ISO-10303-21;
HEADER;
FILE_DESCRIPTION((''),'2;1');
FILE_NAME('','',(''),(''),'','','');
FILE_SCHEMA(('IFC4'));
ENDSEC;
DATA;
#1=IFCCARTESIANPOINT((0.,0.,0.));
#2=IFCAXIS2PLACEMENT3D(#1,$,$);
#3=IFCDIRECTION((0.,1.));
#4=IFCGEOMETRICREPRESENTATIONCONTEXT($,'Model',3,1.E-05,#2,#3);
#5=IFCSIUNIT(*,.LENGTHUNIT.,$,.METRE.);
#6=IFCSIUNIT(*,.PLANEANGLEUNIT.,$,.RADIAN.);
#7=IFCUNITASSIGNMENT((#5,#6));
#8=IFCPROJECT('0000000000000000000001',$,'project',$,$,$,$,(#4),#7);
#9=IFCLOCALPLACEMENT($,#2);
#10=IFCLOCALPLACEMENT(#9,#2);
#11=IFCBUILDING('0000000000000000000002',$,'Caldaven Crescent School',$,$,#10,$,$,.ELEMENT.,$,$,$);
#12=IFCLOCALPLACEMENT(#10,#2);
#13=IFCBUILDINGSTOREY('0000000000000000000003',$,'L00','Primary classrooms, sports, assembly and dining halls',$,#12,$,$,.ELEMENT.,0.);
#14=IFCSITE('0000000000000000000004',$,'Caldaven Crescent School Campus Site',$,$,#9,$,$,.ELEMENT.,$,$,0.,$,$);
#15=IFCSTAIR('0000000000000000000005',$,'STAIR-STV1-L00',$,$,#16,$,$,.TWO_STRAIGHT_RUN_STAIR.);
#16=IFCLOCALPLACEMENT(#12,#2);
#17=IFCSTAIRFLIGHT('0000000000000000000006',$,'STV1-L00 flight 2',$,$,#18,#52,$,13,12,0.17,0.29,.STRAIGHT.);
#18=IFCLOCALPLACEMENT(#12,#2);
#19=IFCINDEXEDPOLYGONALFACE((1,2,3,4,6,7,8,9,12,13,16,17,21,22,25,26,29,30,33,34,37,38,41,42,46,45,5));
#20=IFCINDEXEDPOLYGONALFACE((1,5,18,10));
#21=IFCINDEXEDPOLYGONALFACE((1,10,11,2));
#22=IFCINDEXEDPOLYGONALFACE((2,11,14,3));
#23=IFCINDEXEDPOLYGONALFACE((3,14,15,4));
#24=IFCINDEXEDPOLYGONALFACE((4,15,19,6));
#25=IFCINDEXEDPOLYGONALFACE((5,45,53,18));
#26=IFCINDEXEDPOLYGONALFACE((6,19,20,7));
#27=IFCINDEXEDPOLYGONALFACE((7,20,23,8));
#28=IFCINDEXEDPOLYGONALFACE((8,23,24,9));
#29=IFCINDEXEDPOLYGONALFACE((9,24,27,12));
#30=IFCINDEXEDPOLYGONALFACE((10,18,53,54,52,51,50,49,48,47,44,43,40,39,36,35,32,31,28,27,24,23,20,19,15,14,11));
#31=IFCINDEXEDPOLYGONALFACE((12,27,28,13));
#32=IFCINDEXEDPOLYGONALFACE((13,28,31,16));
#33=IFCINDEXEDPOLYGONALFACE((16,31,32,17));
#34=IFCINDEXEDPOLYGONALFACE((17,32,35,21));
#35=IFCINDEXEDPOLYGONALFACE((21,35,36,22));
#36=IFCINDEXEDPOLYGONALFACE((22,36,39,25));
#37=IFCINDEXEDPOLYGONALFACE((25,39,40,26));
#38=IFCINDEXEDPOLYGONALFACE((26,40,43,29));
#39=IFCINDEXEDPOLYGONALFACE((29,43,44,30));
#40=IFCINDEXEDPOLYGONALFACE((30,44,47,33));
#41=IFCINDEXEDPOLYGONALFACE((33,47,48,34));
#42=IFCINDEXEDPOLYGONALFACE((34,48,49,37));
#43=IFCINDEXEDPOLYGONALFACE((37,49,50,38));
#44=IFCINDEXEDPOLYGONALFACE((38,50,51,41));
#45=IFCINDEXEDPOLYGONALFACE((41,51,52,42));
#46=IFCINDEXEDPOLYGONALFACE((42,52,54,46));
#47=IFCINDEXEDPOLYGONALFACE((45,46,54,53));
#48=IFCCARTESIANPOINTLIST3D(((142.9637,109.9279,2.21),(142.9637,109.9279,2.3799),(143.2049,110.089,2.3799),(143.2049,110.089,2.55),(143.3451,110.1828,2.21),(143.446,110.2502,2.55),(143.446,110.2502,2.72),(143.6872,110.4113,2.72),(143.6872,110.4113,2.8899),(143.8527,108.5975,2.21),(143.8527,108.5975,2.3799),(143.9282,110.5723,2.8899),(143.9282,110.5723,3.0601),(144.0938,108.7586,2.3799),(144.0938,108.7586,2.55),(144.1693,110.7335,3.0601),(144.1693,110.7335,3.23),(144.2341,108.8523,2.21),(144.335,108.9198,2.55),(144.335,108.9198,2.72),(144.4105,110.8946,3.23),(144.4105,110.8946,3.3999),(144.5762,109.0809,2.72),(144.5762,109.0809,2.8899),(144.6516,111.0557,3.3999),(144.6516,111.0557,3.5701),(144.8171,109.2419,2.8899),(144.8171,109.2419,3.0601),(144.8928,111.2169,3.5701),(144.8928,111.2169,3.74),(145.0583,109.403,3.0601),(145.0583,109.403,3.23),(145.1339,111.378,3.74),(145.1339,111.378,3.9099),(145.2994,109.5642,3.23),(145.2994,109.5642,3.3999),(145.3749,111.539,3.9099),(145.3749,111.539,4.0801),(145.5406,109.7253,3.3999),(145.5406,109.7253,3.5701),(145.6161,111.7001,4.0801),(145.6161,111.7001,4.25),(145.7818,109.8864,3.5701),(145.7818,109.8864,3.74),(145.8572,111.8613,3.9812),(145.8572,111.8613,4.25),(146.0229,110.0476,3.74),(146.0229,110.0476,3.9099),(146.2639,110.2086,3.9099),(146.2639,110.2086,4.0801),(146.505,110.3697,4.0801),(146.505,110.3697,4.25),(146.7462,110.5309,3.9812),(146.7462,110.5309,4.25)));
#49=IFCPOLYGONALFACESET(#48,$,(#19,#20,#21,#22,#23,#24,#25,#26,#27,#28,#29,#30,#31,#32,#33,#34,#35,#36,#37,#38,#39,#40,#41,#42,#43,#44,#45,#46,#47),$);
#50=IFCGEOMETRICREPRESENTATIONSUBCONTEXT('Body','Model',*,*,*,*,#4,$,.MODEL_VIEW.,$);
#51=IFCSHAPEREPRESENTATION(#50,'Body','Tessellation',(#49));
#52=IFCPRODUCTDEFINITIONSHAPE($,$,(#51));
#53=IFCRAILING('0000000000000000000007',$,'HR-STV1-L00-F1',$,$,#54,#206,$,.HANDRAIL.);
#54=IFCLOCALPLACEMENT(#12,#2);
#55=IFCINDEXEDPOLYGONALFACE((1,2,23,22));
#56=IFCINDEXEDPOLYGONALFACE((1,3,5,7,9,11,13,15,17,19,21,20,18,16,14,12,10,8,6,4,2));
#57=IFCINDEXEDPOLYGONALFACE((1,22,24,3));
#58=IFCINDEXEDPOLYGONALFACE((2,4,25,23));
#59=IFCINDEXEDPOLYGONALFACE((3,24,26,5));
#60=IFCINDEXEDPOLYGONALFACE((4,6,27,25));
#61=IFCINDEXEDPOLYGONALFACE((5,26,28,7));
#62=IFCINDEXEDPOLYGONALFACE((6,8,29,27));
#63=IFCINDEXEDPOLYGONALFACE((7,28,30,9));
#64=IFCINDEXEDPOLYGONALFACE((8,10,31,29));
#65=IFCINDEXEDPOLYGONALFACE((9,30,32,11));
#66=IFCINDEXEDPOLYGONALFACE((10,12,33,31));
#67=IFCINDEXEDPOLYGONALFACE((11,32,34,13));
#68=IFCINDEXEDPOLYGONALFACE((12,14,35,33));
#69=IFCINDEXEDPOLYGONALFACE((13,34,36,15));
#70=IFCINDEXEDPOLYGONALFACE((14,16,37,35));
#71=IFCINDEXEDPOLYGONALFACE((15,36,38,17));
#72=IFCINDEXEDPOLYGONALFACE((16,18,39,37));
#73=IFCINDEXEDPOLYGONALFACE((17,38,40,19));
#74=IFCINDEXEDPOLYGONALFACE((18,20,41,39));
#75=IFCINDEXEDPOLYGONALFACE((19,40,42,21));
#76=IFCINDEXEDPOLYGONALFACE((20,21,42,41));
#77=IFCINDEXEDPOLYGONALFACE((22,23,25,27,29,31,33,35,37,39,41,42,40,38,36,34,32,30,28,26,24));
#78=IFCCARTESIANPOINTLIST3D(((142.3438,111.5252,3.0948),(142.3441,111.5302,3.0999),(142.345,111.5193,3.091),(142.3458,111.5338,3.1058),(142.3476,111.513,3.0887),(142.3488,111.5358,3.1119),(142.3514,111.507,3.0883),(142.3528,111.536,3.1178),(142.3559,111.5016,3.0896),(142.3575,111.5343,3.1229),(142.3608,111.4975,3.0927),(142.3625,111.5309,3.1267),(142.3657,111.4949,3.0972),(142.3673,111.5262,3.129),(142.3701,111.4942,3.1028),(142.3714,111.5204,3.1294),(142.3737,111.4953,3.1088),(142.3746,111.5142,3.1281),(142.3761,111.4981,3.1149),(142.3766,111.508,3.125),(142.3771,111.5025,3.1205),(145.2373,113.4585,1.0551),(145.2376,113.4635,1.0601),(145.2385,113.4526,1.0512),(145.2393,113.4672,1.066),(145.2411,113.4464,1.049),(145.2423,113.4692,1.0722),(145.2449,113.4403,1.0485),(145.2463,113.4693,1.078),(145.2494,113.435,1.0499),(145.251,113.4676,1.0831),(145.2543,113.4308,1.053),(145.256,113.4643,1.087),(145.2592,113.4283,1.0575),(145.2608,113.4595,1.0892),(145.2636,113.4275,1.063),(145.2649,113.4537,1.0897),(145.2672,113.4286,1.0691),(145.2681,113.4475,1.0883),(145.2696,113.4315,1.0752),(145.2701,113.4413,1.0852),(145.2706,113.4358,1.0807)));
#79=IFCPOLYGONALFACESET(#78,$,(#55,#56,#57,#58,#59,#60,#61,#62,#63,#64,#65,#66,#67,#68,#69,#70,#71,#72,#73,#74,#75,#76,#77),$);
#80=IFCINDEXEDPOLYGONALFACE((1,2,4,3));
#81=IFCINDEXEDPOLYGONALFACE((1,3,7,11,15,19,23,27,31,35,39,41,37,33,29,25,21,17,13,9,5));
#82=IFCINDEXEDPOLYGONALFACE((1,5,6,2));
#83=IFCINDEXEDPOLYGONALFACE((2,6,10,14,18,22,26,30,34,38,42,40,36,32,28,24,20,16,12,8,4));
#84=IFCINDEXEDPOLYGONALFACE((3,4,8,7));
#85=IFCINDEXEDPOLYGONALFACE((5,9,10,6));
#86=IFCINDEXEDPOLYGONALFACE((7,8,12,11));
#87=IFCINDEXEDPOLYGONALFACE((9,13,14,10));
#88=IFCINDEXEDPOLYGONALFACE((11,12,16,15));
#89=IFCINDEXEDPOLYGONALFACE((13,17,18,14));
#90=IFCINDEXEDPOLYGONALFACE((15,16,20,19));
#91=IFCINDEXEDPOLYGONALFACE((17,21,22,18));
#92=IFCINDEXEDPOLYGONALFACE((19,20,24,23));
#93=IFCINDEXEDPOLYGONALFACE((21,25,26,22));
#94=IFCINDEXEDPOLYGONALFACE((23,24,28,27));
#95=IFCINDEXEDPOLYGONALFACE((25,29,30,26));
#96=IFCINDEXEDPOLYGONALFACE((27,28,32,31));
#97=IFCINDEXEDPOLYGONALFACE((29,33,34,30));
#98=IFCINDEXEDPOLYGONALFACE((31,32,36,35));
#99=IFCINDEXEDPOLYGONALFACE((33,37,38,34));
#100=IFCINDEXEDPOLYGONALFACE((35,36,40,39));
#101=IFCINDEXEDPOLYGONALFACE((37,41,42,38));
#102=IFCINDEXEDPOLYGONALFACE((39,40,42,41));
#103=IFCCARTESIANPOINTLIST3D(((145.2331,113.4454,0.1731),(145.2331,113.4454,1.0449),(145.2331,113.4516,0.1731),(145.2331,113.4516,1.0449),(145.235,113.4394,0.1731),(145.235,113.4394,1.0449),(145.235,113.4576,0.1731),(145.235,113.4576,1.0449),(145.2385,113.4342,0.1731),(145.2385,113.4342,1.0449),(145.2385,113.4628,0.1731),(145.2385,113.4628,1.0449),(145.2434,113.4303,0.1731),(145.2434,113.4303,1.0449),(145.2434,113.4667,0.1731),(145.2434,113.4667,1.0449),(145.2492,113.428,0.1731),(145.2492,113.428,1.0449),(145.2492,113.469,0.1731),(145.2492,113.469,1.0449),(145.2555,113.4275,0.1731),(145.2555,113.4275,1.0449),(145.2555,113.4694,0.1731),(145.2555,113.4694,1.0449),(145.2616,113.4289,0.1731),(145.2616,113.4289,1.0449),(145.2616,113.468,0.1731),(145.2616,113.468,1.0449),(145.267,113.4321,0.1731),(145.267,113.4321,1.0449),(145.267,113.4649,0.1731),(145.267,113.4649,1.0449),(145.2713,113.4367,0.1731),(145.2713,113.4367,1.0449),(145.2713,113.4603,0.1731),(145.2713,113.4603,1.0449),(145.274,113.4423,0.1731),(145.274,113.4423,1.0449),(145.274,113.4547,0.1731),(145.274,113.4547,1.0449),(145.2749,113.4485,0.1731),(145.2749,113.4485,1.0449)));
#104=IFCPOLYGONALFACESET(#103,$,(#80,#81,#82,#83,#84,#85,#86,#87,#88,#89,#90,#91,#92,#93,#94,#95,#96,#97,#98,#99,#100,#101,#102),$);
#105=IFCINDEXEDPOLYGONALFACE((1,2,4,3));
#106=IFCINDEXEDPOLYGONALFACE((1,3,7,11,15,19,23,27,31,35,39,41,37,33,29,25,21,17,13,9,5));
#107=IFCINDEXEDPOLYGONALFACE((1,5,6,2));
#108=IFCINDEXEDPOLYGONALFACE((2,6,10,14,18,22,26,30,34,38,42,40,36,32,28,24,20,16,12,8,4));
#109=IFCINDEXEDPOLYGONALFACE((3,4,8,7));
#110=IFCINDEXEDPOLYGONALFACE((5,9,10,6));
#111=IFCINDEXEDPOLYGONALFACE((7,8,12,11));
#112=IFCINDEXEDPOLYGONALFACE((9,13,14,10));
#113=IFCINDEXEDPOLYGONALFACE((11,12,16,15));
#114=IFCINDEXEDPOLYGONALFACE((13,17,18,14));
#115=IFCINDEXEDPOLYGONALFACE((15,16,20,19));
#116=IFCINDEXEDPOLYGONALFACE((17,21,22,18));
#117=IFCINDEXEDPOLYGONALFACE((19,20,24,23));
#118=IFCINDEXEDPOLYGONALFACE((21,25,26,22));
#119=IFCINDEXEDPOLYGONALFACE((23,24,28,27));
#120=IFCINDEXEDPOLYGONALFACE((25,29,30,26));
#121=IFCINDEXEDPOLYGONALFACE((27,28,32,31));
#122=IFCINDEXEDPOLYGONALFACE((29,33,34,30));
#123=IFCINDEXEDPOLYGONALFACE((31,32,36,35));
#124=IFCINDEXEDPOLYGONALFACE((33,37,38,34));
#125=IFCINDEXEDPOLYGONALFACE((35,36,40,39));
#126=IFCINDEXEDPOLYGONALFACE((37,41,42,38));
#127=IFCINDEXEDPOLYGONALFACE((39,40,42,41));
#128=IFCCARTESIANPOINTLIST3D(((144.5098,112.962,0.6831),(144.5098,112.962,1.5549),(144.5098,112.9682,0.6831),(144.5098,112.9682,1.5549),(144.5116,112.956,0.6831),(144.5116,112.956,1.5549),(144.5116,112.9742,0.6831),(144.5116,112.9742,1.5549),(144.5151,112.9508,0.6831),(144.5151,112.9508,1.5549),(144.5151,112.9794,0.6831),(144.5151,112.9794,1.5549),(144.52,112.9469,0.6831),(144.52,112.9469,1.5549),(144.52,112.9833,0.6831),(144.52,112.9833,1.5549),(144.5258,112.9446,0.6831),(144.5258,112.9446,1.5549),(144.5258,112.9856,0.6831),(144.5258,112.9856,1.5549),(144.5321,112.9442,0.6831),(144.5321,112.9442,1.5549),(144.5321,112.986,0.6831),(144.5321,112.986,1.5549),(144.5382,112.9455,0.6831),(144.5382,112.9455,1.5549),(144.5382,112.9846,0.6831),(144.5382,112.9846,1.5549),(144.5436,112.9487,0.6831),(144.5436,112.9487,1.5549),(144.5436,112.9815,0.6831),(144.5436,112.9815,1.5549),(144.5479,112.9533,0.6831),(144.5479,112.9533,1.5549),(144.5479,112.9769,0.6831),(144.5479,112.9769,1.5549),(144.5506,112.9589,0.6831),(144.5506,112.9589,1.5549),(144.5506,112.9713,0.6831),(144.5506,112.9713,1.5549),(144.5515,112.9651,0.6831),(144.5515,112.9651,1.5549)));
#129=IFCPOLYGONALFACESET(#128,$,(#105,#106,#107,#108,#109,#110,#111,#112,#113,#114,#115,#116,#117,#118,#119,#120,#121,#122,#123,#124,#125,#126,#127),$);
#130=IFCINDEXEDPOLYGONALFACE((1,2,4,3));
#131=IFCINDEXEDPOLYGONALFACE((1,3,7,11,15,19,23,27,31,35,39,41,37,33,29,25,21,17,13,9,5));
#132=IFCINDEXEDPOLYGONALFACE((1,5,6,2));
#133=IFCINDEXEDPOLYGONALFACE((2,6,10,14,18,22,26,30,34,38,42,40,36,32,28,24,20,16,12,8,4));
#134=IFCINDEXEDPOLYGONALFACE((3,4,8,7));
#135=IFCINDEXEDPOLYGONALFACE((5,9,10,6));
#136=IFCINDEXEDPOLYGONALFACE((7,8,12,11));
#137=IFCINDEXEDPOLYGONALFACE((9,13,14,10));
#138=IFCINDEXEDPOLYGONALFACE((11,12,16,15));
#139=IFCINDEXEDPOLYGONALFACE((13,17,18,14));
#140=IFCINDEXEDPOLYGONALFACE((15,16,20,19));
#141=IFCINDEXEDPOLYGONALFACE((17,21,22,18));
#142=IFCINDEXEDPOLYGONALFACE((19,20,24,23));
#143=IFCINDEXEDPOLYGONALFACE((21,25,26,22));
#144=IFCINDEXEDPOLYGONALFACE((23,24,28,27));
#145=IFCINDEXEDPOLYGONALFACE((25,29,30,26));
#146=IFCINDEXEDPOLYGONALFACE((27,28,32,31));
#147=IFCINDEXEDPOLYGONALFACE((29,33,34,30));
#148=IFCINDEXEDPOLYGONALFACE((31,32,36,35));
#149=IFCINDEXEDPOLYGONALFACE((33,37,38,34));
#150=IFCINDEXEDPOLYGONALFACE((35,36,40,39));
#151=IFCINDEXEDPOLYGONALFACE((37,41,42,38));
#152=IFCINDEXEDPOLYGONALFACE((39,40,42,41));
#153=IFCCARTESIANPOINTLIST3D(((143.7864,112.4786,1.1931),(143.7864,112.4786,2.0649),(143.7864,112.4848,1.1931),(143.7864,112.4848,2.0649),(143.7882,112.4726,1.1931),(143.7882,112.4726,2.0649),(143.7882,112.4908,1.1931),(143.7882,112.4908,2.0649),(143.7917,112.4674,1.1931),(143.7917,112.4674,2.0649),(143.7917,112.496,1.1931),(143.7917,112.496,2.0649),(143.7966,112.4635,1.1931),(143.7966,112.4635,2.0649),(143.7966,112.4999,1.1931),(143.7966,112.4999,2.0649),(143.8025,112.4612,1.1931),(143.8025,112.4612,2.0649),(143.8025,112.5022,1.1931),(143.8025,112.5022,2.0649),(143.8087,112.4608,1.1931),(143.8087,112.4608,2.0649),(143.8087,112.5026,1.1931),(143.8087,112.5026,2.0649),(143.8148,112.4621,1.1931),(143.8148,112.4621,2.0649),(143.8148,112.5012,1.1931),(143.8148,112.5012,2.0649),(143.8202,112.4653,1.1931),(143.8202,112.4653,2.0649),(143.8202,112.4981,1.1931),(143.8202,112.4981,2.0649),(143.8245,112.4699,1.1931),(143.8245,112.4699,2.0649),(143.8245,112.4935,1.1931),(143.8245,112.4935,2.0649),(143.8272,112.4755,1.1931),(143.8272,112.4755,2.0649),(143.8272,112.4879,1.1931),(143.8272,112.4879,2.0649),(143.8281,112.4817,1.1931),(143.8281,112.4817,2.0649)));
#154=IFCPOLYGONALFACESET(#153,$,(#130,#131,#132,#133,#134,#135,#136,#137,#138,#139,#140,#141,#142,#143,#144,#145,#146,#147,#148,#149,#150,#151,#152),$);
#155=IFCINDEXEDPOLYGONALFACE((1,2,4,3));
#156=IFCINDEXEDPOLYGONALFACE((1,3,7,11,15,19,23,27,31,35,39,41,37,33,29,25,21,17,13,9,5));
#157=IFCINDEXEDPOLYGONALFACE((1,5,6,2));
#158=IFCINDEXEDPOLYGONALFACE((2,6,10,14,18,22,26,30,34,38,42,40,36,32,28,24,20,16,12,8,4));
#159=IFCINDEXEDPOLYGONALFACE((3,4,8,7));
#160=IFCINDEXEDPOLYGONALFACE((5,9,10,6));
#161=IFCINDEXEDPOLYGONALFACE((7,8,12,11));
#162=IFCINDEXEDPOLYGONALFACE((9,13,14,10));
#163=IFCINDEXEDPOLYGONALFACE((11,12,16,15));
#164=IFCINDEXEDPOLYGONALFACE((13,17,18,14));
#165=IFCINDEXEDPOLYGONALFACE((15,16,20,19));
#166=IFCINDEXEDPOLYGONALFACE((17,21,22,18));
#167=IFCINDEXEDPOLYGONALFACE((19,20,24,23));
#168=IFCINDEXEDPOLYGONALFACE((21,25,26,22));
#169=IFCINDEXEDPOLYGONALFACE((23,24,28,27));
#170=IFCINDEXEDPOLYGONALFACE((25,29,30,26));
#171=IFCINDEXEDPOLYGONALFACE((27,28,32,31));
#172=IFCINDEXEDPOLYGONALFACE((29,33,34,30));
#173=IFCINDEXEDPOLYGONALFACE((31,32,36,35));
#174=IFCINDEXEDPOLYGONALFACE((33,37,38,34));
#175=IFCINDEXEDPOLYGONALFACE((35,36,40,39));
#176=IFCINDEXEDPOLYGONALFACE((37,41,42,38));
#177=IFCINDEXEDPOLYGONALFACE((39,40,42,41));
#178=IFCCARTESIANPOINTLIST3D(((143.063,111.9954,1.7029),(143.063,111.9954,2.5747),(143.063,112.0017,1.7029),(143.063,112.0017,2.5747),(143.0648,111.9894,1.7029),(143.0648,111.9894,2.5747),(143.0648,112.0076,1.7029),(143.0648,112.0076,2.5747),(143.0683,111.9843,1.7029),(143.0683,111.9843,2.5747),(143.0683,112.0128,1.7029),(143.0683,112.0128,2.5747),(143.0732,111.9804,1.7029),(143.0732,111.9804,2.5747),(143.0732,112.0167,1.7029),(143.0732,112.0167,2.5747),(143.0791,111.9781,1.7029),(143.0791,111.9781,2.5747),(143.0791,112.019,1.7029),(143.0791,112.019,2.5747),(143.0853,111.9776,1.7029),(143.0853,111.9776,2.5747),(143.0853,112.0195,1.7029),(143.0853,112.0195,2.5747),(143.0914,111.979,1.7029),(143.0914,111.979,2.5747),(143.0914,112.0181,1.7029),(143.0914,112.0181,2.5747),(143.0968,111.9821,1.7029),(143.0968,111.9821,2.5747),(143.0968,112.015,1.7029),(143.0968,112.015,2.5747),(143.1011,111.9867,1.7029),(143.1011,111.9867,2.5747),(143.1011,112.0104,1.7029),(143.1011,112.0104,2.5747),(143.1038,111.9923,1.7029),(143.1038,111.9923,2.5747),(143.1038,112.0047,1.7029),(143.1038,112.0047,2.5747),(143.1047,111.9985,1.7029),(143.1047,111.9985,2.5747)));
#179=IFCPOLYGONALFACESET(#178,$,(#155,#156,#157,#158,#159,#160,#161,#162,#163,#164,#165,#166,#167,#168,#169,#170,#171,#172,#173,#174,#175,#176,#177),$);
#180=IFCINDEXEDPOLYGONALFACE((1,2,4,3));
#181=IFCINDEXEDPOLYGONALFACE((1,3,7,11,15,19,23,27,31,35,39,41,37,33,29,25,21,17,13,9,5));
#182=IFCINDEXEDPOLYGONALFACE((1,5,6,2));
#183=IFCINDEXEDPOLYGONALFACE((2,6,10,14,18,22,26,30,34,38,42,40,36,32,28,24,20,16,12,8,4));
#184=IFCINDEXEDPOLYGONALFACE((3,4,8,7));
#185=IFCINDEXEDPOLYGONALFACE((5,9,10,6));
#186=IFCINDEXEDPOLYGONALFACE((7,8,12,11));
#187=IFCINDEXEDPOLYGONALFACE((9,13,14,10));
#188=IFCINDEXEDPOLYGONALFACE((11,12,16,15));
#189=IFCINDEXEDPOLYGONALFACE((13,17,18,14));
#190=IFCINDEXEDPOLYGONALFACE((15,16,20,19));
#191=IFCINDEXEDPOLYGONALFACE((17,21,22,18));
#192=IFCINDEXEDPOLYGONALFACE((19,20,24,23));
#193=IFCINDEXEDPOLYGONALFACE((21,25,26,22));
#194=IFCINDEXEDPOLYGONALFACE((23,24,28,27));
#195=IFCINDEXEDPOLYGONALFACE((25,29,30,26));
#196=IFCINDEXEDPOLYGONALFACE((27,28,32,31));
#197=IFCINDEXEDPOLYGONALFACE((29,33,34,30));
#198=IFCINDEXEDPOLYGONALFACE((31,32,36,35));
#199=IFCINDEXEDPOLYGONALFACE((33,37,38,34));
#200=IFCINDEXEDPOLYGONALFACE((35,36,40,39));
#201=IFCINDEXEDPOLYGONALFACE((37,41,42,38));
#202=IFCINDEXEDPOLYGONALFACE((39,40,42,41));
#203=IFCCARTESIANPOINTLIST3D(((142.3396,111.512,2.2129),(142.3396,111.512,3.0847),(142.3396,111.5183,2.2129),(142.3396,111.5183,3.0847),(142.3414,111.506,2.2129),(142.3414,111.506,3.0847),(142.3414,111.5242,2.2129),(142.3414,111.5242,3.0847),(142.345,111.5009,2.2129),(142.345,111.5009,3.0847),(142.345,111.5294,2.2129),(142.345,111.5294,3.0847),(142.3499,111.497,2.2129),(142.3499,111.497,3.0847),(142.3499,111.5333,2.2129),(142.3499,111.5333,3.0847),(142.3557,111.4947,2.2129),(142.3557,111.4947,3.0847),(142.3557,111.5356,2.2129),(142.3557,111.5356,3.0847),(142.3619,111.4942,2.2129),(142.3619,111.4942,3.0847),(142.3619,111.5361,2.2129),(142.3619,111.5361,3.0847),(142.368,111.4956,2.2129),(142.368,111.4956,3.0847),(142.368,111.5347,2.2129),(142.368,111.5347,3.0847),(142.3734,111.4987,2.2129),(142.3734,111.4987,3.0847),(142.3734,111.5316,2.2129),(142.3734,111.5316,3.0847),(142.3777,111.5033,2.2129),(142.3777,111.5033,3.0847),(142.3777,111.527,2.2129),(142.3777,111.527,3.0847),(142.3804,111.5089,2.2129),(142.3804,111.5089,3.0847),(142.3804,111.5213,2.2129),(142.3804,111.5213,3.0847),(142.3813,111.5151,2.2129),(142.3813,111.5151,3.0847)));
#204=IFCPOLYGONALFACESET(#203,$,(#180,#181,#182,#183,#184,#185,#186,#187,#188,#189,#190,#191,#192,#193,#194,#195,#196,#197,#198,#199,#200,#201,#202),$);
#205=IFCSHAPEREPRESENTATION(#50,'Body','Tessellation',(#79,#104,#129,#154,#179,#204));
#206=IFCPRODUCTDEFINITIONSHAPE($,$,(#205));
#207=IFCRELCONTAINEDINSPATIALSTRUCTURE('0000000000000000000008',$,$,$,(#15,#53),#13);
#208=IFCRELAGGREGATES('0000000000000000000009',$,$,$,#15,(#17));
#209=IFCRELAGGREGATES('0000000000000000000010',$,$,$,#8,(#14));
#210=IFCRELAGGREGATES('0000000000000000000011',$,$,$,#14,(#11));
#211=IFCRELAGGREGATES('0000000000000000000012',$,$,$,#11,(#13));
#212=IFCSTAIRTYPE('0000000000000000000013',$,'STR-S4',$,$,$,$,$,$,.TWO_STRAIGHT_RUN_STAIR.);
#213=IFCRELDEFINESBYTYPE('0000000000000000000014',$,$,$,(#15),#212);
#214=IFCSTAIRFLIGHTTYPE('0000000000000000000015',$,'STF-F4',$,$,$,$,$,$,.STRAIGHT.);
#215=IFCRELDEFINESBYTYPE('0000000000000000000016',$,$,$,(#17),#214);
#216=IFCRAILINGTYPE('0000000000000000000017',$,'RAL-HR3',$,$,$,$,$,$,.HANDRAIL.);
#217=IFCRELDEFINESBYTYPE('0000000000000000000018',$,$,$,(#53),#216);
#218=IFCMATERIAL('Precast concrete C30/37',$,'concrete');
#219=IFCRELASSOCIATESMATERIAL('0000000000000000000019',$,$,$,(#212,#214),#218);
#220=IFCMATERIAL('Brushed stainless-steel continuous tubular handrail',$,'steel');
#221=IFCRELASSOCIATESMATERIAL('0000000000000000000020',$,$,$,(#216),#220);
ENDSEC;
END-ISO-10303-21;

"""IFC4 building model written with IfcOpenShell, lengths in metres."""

from ifc_helpers import new_model, si_unit, direction, frame, origin, origin_2d, place, context, subcontext, project, spatial, polyline, circle, outline, extrude, material, type_object, element, aggregate, save


model = new_model("IFC4")

# Units and contexts
model_context = context("Model", 3, precision=1e-05, world=origin(), true_north=direction((0.0, 1.0)))
body_context = subcontext(model_context, "Body", "Model", "MODEL_VIEW")
ifc_project = project(units=[si_unit("LENGTHUNIT", "METRE"), si_unit("PLANEANGLEUNIT", "RADIAN")], contexts=[model_context])

# Site, building, storey
site_placement = place(None, origin())
site = spatial("IfcSite", under=ifc_project, at=site_placement, Name="Caldaven Crescent School Campus Site", CompositionType="ELEMENT", RefElevation=0.0)
building_placement = place(site_placement, origin())
building = spatial("IfcBuilding", under=site, at=building_placement, Name="Caldaven Crescent School", CompositionType="ELEMENT")
storey_placement = place(building_placement, origin())
storey = spatial("IfcBuildingStorey", under=building, at=storey_placement, Name="L00", Description="Primary classrooms, sports, assembly and dining halls", CompositionType="ELEMENT", Elevation=0.0)

# Stair, stair flight
ifc_material_1 = material(Name="Precast concrete C30/37", Category="concrete")
stair_type = type_object("IfcStairType", Name="STR-S4", PredefinedType="TWO_STRAIGHT_RUN_STAIR", material=ifc_material_1)
stair_placement = place(storey_placement, origin())
stair = element("IfcStair", 1, at=stair_placement, inside=storey, type_object=stair_type, Name="STAIR-STV1-L00", PredefinedType="TWO_STRAIGHT_RUN_STAIR")
stair_flight_type = type_object("IfcStairFlightType", Name="STF-F4", PredefinedType="STRAIGHT", material=ifc_material_1)
stair_flight_1_placement = place(storey_placement, frame((143.4082, 109.2627, 2.21), z_axis=(0.0, 0.0, 1.0), x_axis=(0.83147, 0.55557, 0.0)))
stair_flight_1 = element("IfcStairFlight", 2, at=stair_flight_1_placement, type_object=stair_flight_type, Name="STV1-L00 flight 2", NumberOfRisers=13, NumberOfTreads=12, PredefinedType="STRAIGHT", RiserHeight=0.17, TreadLength=0.29, context=body_context, shape_type="SweptSolid", body=[
    extrude(outline(polyline([(0.0, 0.0), (0.0, 0.1699), (0.29, 0.1699), (0.29, 0.3401), (0.5801, 0.3401), (0.5801, 0.51), (0.8701, 0.51), (0.8701, 0.6799), (1.1599, 0.6799), (1.1599, 0.8501), (1.45, 0.8501), (1.45, 1.02), (1.74, 1.02), (1.74, 1.1899), (2.03, 1.1899), (2.03, 1.3601), (2.3201, 1.3601), (2.3201, 1.53), (2.6101, 1.53), (2.6101, 1.7), (2.8999, 1.7), (2.8999, 1.8701), (3.1899, 1.8701), (3.1899, 2.04), (3.48, 2.04), (3.48, 2.21), (3.48, 1.7712), (0.4587, 0.0), (0.0, 0.0)])), frame((0.0, 0.8, 0.0), z_axis=(0.0, -1.0, 0.0), x_axis=(1.0, 0.0, 0.0)), (0.0, 0.0, 1.0), 1.6001),
])
aggregate(stair, [stair_flight_1])

# Railing
ifc_material_2 = material(Name="Brushed stainless-steel continuous tubular handrail", Category="steel")
railing_type = type_object("IfcRailingType", Name="RAL-HR3", PredefinedType="HANDRAIL", material=ifc_material_2)
railing_1_placement = place(storey_placement, frame((145.2539, 113.4485, 0.1731)))
element("IfcRailing", 3, at=railing_1_placement, inside=storey, type_object=railing_type, Name="HR-STV1-L00-F1", PredefinedType="HANDRAIL", context=body_context, shape_type="SweptSolid", body=[
    extrude(circle(Radius=0.0239, at=origin_2d()), frame((0.0, 0.0, 0.896), z_axis=(-0.717333, -0.479292, 0.50568), x_axis=(0.555558, -0.831478, 0.0)), (0.0, 0.0, 1.0), 4.0337),
    extrude(circle(Radius=0.021, at=origin_2d()), origin(), (0.0, 0.0, 1.0), 0.8718),
    extrude(circle(Radius=0.021, at=origin_2d()), frame((-0.7234, -0.4834, 0.51)), (0.0, 0.0, 1.0), 0.8718),
    extrude(circle(Radius=0.021, at=origin_2d()), frame((-1.4468, -0.9668, 1.02)), (0.0, 0.0, 1.0), 0.8718),
    extrude(circle(Radius=0.021, at=origin_2d()), frame((-2.1702, -1.45, 1.5298)), (0.0, 0.0, 1.0), 0.8718),
    extrude(circle(Radius=0.021, at=origin_2d()), frame((-2.8936, -1.9333, 2.0398)), (0.0, 0.0, 1.0), 0.8718),
])

save(model, "model.ifc")
